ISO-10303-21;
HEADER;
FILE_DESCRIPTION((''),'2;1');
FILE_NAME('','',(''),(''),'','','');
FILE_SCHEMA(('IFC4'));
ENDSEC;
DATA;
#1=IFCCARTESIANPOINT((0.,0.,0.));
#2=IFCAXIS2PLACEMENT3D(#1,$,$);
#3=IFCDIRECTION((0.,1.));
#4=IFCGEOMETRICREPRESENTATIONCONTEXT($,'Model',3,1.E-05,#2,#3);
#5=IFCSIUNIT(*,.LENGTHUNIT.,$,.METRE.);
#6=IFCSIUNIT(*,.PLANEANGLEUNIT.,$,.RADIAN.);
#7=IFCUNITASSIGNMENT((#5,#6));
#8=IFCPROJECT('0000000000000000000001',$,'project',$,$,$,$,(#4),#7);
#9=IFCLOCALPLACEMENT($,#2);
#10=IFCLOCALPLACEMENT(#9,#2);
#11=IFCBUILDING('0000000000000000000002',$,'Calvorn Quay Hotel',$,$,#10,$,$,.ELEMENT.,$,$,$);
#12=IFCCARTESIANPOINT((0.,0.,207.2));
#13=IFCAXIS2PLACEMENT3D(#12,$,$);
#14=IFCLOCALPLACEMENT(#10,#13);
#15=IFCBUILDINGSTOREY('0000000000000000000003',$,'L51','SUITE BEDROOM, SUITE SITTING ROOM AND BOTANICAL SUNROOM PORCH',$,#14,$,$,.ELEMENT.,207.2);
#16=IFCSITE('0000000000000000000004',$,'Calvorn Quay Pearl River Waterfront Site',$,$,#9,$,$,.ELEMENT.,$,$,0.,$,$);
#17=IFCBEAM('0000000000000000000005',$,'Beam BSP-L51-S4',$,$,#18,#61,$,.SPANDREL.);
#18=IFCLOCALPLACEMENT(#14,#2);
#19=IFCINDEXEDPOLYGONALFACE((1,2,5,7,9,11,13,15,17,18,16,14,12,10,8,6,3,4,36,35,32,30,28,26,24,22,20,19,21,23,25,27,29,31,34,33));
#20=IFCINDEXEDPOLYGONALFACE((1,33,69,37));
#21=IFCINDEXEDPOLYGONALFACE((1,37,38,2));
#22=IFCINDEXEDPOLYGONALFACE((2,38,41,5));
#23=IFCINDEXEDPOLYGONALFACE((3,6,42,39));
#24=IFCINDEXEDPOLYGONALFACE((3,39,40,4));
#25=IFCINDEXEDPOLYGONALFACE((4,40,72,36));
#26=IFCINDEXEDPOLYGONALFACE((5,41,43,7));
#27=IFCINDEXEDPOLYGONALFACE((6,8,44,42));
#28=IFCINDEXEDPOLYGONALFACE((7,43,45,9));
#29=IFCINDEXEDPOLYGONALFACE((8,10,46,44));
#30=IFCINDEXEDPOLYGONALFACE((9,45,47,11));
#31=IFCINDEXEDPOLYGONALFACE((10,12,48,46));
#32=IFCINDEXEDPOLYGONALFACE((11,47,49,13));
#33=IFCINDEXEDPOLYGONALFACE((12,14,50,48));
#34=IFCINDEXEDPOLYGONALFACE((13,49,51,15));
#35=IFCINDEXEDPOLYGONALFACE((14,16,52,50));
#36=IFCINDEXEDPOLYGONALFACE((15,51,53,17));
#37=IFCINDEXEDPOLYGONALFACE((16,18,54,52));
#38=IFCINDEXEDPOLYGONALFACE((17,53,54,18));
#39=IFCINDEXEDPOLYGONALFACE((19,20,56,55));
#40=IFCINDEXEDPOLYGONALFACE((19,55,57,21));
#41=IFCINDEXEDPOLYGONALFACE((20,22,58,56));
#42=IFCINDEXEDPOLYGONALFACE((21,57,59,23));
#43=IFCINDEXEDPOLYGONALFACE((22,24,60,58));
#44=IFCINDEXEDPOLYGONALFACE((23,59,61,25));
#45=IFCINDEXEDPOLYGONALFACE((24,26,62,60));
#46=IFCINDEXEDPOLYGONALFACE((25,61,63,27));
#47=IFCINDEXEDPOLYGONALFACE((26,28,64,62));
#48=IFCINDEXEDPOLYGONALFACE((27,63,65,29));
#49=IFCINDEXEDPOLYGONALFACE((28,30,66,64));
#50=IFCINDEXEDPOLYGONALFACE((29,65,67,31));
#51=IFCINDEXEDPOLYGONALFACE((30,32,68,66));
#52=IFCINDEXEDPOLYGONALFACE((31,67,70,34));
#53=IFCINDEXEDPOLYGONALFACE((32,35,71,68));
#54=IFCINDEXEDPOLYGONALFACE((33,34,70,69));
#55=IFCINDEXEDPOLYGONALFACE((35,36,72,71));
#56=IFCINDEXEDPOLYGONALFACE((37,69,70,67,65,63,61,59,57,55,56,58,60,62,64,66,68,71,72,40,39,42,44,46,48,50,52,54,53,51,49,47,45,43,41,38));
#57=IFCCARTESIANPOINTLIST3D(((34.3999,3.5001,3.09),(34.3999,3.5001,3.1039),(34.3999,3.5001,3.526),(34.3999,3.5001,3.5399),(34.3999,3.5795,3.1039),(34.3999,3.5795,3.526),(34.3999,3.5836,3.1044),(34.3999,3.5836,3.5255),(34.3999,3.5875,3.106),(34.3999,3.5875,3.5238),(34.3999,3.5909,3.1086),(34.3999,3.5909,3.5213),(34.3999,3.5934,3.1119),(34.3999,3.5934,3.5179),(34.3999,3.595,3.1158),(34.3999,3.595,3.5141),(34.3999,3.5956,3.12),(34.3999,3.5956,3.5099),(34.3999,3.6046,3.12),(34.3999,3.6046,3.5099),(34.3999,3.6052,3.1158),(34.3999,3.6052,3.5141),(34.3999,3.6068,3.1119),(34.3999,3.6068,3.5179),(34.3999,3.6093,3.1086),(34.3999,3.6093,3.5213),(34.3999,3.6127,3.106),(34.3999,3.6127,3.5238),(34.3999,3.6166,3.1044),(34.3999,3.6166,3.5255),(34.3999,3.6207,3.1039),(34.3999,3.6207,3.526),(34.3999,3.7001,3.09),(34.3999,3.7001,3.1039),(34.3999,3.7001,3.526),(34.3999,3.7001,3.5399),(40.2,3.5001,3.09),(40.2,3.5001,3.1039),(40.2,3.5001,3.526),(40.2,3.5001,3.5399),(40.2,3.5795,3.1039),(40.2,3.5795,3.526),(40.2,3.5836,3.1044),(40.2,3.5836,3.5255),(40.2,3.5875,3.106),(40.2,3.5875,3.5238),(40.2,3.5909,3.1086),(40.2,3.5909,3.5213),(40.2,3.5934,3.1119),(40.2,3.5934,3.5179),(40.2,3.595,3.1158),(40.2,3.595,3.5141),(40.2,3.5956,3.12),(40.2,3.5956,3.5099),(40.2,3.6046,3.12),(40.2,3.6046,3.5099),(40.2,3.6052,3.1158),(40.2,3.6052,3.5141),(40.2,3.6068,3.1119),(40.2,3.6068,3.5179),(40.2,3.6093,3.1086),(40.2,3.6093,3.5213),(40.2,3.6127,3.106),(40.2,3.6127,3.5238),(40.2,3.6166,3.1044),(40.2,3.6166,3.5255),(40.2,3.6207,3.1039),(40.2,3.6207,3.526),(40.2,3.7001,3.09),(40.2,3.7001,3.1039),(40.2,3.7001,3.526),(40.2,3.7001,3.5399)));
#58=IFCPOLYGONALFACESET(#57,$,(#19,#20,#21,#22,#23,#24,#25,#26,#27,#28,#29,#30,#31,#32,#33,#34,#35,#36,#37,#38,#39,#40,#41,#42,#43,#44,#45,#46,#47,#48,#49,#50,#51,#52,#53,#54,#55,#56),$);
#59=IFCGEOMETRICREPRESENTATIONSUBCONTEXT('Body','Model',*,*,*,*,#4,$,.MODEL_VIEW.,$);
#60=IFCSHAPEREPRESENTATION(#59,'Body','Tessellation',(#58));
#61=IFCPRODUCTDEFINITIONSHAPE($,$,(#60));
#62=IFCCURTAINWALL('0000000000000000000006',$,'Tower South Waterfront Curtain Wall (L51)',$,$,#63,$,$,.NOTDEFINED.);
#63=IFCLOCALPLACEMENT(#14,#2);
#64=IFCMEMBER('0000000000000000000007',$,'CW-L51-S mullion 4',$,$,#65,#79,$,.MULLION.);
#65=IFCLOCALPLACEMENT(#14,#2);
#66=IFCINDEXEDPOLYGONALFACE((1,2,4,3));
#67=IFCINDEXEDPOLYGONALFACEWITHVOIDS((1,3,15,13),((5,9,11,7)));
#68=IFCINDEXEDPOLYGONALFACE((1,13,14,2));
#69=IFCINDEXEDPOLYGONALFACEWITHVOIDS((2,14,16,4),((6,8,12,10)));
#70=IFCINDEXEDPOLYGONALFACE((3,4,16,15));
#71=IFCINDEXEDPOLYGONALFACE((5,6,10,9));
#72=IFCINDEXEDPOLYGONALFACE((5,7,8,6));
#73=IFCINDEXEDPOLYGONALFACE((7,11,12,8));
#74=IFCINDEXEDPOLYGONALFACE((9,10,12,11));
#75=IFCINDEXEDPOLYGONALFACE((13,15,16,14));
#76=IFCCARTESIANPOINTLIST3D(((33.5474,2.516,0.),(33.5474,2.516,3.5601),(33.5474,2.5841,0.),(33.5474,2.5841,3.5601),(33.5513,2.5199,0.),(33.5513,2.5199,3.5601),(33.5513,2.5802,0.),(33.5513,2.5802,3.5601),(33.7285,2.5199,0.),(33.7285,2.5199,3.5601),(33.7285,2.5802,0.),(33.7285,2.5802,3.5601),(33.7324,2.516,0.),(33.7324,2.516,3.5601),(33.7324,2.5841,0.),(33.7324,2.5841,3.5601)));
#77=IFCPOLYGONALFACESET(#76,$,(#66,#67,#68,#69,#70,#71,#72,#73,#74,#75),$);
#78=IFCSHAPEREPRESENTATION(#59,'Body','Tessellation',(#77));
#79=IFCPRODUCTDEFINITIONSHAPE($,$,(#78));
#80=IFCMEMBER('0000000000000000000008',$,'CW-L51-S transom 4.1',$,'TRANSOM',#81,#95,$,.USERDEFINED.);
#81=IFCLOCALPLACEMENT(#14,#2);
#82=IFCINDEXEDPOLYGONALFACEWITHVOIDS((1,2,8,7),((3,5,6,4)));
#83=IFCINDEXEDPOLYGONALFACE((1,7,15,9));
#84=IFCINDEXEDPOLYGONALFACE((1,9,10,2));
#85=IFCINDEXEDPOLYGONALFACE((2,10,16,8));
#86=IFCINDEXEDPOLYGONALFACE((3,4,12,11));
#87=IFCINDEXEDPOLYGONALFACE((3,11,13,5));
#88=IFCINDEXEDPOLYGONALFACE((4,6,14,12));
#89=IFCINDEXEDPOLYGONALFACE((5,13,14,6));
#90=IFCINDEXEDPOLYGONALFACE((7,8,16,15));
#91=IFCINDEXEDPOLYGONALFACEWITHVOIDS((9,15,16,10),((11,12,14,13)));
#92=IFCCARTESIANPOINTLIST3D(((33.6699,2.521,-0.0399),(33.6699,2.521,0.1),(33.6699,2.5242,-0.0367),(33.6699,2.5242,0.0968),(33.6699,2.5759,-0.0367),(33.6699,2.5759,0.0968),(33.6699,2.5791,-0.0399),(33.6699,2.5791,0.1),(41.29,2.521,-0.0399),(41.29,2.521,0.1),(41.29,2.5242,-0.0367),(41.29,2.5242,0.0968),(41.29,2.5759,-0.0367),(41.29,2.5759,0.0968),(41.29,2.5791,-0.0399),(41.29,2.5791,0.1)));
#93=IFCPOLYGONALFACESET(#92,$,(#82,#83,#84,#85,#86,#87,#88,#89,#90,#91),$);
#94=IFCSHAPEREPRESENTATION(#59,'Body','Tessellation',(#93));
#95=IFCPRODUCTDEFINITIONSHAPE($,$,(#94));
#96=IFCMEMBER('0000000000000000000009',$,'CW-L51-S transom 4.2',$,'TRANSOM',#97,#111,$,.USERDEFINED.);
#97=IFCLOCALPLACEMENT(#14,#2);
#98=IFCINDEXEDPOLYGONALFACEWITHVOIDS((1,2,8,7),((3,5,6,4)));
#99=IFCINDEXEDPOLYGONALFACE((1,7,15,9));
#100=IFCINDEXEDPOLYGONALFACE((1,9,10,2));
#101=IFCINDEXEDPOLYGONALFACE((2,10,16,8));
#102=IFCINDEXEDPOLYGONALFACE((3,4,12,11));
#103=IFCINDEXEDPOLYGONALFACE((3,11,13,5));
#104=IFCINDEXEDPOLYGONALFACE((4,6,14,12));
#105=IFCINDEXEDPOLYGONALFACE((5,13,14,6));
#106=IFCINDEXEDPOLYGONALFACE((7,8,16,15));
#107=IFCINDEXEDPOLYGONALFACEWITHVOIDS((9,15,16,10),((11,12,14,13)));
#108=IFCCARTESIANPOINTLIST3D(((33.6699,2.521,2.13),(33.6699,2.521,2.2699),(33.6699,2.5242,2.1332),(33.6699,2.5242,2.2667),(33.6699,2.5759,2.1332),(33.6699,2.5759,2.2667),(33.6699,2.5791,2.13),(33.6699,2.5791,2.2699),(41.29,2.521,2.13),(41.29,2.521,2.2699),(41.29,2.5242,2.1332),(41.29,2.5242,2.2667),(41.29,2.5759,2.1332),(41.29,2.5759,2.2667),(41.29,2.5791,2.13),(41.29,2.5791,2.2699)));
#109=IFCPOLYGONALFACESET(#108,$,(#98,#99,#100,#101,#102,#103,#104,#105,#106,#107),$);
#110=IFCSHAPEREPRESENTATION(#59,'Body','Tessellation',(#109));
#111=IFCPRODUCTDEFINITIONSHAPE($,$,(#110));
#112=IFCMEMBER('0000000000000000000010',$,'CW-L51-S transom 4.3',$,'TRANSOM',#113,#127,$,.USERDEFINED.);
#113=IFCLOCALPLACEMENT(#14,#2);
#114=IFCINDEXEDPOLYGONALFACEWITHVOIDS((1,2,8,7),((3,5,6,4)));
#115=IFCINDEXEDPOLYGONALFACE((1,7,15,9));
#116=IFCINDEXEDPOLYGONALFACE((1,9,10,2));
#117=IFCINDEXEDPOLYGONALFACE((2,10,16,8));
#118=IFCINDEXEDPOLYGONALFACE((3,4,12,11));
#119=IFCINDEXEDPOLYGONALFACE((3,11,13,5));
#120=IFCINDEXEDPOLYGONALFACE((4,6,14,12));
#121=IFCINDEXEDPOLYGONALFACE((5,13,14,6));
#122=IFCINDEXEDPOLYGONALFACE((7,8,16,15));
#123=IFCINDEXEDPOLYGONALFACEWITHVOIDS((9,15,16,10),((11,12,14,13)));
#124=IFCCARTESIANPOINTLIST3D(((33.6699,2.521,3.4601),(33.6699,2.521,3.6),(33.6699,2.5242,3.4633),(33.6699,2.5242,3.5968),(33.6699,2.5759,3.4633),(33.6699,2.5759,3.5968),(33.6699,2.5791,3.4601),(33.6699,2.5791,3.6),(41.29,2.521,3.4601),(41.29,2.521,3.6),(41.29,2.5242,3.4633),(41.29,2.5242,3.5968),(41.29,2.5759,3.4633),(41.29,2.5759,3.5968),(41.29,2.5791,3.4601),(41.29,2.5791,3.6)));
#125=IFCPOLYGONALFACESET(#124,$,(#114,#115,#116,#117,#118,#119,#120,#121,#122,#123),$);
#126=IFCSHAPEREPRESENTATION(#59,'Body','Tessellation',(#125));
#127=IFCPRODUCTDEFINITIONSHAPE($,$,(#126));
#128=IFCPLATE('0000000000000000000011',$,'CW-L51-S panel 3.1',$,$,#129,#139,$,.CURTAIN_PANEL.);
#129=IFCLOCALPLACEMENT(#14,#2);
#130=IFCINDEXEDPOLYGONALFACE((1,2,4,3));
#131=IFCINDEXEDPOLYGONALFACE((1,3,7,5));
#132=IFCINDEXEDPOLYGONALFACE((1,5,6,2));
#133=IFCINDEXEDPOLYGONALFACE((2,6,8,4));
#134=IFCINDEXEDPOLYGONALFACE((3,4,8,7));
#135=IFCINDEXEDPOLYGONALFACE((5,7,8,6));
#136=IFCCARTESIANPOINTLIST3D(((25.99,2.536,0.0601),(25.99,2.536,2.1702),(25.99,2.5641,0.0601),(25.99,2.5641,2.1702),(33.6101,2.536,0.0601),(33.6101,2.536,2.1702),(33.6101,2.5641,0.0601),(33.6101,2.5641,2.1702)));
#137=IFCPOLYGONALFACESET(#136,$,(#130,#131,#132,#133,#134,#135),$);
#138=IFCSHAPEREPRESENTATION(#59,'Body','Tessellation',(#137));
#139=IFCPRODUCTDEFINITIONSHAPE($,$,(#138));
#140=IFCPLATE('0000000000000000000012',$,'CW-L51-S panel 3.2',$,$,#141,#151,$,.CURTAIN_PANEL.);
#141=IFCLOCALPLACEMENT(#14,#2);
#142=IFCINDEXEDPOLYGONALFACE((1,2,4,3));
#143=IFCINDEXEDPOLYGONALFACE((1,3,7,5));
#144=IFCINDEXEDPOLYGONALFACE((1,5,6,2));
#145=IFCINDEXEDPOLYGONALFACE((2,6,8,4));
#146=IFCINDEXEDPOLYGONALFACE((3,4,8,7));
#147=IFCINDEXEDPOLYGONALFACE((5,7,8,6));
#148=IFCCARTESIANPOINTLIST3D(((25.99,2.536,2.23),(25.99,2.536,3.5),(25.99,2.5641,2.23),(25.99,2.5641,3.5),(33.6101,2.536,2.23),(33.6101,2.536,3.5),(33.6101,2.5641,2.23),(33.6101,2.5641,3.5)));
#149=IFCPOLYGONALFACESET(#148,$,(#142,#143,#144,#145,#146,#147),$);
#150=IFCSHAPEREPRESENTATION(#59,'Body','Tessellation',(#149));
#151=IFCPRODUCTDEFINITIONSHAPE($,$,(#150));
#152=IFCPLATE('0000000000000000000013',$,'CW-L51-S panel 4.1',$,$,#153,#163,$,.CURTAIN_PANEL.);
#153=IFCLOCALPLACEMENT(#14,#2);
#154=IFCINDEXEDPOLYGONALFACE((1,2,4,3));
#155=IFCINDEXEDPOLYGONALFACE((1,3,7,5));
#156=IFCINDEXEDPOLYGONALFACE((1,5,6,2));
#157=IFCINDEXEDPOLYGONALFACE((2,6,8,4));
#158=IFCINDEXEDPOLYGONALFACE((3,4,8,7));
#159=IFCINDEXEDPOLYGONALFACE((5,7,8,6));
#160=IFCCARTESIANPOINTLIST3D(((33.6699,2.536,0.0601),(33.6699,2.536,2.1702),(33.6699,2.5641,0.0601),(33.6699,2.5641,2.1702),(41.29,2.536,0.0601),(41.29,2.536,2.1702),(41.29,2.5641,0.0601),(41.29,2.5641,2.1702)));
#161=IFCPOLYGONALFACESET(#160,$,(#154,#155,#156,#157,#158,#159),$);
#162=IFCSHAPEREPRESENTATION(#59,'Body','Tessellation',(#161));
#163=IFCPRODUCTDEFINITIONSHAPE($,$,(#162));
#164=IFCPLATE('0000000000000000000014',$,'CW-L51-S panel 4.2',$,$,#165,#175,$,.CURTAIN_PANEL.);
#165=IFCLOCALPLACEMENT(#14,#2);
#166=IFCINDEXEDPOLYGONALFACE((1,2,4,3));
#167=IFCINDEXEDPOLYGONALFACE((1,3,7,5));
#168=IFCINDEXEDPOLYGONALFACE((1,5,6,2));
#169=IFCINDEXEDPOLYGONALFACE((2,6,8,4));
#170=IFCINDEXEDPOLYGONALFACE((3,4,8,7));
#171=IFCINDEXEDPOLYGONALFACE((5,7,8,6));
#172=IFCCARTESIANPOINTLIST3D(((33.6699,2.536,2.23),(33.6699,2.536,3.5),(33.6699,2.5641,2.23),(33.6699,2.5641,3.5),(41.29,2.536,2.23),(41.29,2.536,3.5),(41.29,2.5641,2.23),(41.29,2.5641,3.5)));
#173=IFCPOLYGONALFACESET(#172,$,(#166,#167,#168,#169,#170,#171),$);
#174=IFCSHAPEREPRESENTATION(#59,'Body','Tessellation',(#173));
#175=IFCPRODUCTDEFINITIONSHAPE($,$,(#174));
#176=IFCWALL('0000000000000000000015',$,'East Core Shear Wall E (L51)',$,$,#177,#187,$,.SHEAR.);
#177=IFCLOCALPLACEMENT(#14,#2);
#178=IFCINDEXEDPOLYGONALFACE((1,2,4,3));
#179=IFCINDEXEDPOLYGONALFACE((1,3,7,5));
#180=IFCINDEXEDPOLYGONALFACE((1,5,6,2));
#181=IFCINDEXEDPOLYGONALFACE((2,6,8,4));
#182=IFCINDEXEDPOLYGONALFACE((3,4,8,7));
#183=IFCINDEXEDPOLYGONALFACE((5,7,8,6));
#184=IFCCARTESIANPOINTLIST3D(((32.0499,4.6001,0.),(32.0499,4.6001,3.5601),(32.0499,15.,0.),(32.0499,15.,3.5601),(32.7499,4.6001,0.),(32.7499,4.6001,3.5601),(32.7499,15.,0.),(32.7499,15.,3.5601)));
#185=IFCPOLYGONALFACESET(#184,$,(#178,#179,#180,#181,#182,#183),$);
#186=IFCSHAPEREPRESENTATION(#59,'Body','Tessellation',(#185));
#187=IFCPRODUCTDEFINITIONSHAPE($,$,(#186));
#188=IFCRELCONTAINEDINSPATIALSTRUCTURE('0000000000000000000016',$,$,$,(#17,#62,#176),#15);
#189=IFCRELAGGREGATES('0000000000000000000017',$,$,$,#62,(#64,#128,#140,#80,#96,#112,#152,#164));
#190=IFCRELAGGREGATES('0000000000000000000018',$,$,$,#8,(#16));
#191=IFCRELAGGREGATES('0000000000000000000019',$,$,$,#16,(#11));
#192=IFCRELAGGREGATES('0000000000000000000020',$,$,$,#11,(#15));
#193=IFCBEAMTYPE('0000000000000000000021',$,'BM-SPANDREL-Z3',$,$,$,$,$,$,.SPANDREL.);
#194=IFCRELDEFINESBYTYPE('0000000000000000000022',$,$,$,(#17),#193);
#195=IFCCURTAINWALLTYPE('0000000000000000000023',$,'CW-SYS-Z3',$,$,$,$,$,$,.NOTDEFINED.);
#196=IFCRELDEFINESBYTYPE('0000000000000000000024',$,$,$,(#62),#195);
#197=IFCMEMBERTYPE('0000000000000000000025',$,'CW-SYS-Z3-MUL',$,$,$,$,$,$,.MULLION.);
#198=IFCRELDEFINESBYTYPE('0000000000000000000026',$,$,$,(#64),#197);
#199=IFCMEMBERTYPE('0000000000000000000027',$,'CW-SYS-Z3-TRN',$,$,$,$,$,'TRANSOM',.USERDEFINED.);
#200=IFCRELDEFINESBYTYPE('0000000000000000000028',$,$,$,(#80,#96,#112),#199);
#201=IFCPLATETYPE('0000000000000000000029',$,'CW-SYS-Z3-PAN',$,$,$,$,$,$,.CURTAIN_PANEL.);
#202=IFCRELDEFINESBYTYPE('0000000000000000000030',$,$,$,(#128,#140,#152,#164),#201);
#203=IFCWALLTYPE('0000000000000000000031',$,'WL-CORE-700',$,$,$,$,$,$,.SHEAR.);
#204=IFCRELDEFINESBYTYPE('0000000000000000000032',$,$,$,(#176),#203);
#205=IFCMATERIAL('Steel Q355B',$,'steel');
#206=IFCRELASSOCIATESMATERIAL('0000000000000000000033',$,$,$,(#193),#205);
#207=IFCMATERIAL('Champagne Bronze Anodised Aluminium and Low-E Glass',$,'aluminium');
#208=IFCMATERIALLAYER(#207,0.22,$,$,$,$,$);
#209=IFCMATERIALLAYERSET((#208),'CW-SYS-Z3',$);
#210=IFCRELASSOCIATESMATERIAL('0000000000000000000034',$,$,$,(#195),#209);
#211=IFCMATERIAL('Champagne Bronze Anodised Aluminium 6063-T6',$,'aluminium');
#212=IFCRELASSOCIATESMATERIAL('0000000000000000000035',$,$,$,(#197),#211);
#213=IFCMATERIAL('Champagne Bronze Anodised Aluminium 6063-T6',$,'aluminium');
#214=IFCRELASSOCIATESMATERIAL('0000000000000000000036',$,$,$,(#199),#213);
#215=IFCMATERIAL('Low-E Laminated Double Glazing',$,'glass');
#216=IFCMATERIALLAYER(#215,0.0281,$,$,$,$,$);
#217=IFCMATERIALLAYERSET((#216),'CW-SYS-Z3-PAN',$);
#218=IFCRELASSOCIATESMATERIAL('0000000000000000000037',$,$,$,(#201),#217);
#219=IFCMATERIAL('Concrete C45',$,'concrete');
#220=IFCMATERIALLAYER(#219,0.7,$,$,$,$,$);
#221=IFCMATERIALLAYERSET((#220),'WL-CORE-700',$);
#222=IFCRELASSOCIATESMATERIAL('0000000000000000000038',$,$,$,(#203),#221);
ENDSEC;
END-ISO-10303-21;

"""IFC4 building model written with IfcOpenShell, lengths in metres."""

from ifc_helpers import new_model, si_unit, direction, frame, frame_2d, origin, origin_2d, place, context, subcontext, project, spatial, rectangle, hollow_rectangle, i_section, extrude, material, layer, layer_set, material_profile, profile_set, type_object, element, aggregate, save


model = new_model("IFC4")

# Units and contexts
model_context = context("Model", 3, precision=1e-05, world=origin(), true_north=direction((0.0, 1.0)))
body_context = subcontext(model_context, "Body", "Model", "MODEL_VIEW")
ifc_project = project(units=[si_unit("LENGTHUNIT", "METRE"), si_unit("PLANEANGLEUNIT", "RADIAN")], contexts=[model_context])

# Site, building, storey
site_placement = place(None, origin())
site = spatial("IfcSite", under=ifc_project, at=site_placement, Name="Calvorn Quay Pearl River Waterfront Site", CompositionType="ELEMENT", RefElevation=0.0)
building_placement = place(site_placement, origin())
building = spatial("IfcBuilding", under=site, at=building_placement, Name="Calvorn Quay Hotel", CompositionType="ELEMENT")
storey_placement = place(building_placement, frame((0.0, 0.0, 207.2)))
storey = spatial("IfcBuildingStorey", under=building, at=storey_placement, Name="L51", Description="SUITE BEDROOM, SUITE SITTING ROOM AND BOTANICAL SUNROOM PORCH", CompositionType="ELEMENT", Elevation=207.2)

# Beam
ifc_material_1 = material(Name="Steel Q355B", Category="steel")
ifc_material_profile_1 = material_profile(ifc_material_1, i_section(OverallWidth=0.2, OverallDepth=0.45, WebThickness=0.009, FlangeThickness=0.0139, FilletRadius=0.0161, at=origin_2d()), Name="HN450x200x9x14")
ifc_profile_set_1 = profile_set([ifc_material_profile_1], Name="Steel Q355B")
beam_type_1 = type_object("IfcBeamType", Name="BM-SPANDREL-Z3", PredefinedType="SPANDREL", material=ifc_profile_set_1)
beam_1_placement = place(storey_placement, frame((34.3999, 3.6001, 3.3149), z_axis=(1.0, 0.0, 0.0), x_axis=(0.0, 1.0, 0.0)))
element("IfcBeam", 1, at=beam_1_placement, inside=storey, type_object=beam_type_1, Name="Beam BSP-L51-S4", PredefinedType="SPANDREL", context=body_context, shape_type="SweptSolid", body=[
    extrude(i_section(OverallWidth=0.2, OverallDepth=0.45, WebThickness=0.009, FlangeThickness=0.0139, FilletRadius=0.0161, at=origin_2d()), origin(), (0.0, 0.0, 1.0), 5.8),
])

# Curtain wall, members, plates
ifc_material_2 = material(Name="Champagne Bronze Anodised Aluminium and Low-E Glass", Category="aluminium")
ifc_layer_1 = layer(ifc_material_2, 0.22)
ifc_layer_set_1 = layer_set([ifc_layer_1], Name="CW-SYS-Z3")
curtain_wall_type = type_object("IfcCurtainWallType", Name="CW-SYS-Z3", PredefinedType="NOTDEFINED", material=ifc_layer_set_1)
curtain_wall_placement = place(storey_placement, origin())
curtain_wall = element("IfcCurtainWall", 2, at=curtain_wall_placement, inside=storey, type_object=curtain_wall_type, Name="Tower South Waterfront Curtain Wall (L51)", PredefinedType="NOTDEFINED")
ifc_material_3 = material(Name="Champagne Bronze Anodised Aluminium 6063-T6", Category="aluminium")
ifc_material_profile_2 = material_profile(ifc_material_3, hollow_rectangle(XDim=0.0681, YDim=0.1851, WallThickness=0.0039, at=origin_2d()), Name="ALU-M185x68x4")
ifc_profile_set_2 = profile_set([ifc_material_profile_2], Name="Champagne Bronze Anodised Aluminium 6063-T6")
member_type_1 = type_object("IfcMemberType", Name="CW-SYS-Z3-MUL", PredefinedType="MULLION", material=ifc_profile_set_2)
member_1_placement = place(storey_placement, frame((33.6399, 2.55, 0.0), z_axis=(0.0, 0.0, 1.0), x_axis=(0.0, 1.0, 0.0)))
member_1 = element("IfcMember", 3, at=member_1_placement, type_object=member_type_1, Name="CW-L51-S mullion 4", PredefinedType="MULLION", context=body_context, shape_type="SweptSolid", body=[
    extrude(hollow_rectangle(XDim=0.0681, YDim=0.1851, WallThickness=0.0039, at=origin_2d()), origin(), (0.0, 0.0, 1.0), 3.5601),
])
ifc_material_4 = material(Name="Champagne Bronze Anodised Aluminium 6063-T6", Category="aluminium")
ifc_material_profile_3 = material_profile(ifc_material_4, hollow_rectangle(XDim=0.0581, YDim=0.1399, WallThickness=0.0032, at=origin_2d()), Name="ALU-T140x58x3.2")
ifc_profile_set_3 = profile_set([ifc_material_profile_3], Name="Champagne Bronze Anodised Aluminium 6063-T6")
member_type_2 = type_object("IfcMemberType", Name="CW-SYS-Z3-TRN", ElementType="TRANSOM", PredefinedType="USERDEFINED", material=ifc_profile_set_3)
member_2_placement = place(storey_placement, frame((33.6699, 2.55, 0.03), z_axis=(1.0, 0.0, 0.0), x_axis=(0.0, 1.0, 0.0)))
member_2 = element("IfcMember", 4, at=member_2_placement, type_object=member_type_2, Name="CW-L51-S transom 4.1", ObjectType="TRANSOM", PredefinedType="USERDEFINED", context=body_context, shape_type="SweptSolid", body=[
    extrude(hollow_rectangle(XDim=0.0581, YDim=0.1399, WallThickness=0.0032, at=origin_2d()), origin(), (0.0, 0.0, 1.0), 7.6201),
])
member_3_placement = place(storey_placement, frame((33.6699, 2.55, 2.2), z_axis=(1.0, 0.0, 0.0), x_axis=(0.0, 1.0, 0.0)))
member_3 = element("IfcMember", 5, at=member_3_placement, type_object=member_type_2, Name="CW-L51-S transom 4.2", ObjectType="TRANSOM", PredefinedType="USERDEFINED", context=body_context, shape_type="SweptSolid", body=[
    extrude(hollow_rectangle(XDim=0.0581, YDim=0.1399, WallThickness=0.0032, at=origin_2d()), origin(), (0.0, 0.0, 1.0), 7.6201),
])
member_4_placement = place(storey_placement, frame((33.6699, 2.55, 3.53), z_axis=(1.0, 0.0, 0.0), x_axis=(0.0, 1.0, 0.0)))
member_4 = element("IfcMember", 6, at=member_4_placement, type_object=member_type_2, Name="CW-L51-S transom 4.3", ObjectType="TRANSOM", PredefinedType="USERDEFINED", context=body_context, shape_type="SweptSolid", body=[
    extrude(hollow_rectangle(XDim=0.0581, YDim=0.1399, WallThickness=0.0032, at=origin_2d()), origin(), (0.0, 0.0, 1.0), 7.6201),
])
ifc_material_5 = material(Name="Low-E Laminated Double Glazing", Category="glass")
ifc_layer_2 = layer(ifc_material_5, 0.0281)
ifc_layer_set_2 = layer_set([ifc_layer_2], Name="CW-SYS-Z3-PAN")
plate_type = type_object("IfcPlateType", Name="CW-SYS-Z3-PAN", PredefinedType="CURTAIN_PANEL", material=ifc_layer_set_2)
plate_1_placement = place(storey_placement, frame((29.8, 2.55, 0.0601), z_axis=(0.0, 0.0, 1.0), x_axis=(1.0, 0.0, 0.0)))
plate_1 = element("IfcPlate", 7, at=plate_1_placement, type_object=plate_type, Name="CW-L51-S panel 3.1", PredefinedType="CURTAIN_PANEL", context=body_context, shape_type="SweptSolid", body=[
    extrude(rectangle(XDim=7.6201, YDim=0.0281, at=origin_2d()), origin(), (0.0, 0.0, 1.0), 2.1101),
])
plate_2_placement = place(storey_placement, frame((29.8, 2.55, 2.23), z_axis=(0.0, 0.0, 1.0), x_axis=(1.0, 0.0, 0.0)))
plate_2 = element("IfcPlate", 8, at=plate_2_placement, type_object=plate_type, Name="CW-L51-S panel 3.2", PredefinedType="CURTAIN_PANEL", context=body_context, shape_type="SweptSolid", body=[
    extrude(rectangle(XDim=7.6201, YDim=0.0281, at=origin_2d()), origin(), (0.0, 0.0, 1.0), 1.27),
])
plate_3_placement = place(storey_placement, frame((37.48, 2.55, 0.0601), z_axis=(0.0, 0.0, 1.0), x_axis=(1.0, 0.0, 0.0)))
plate_3 = element("IfcPlate", 9, at=plate_3_placement, type_object=plate_type, Name="CW-L51-S panel 4.1", PredefinedType="CURTAIN_PANEL", context=body_context, shape_type="SweptSolid", body=[
    extrude(rectangle(XDim=7.6201, YDim=0.0281, at=origin_2d()), origin(), (0.0, 0.0, 1.0), 2.1101),
])
plate_4_placement = place(storey_placement, frame((37.48, 2.55, 2.23), z_axis=(0.0, 0.0, 1.0), x_axis=(1.0, 0.0, 0.0)))
plate_4 = element("IfcPlate", 10, at=plate_4_placement, type_object=plate_type, Name="CW-L51-S panel 4.2", PredefinedType="CURTAIN_PANEL", context=body_context, shape_type="SweptSolid", body=[
    extrude(rectangle(XDim=7.6201, YDim=0.0281, at=origin_2d()), origin(), (0.0, 0.0, 1.0), 1.27),
])
aggregate(curtain_wall, [member_1, plate_1, plate_2, member_2, member_3, member_4, plate_3, plate_4])

# Wall
ifc_material_6 = material(Name="Concrete C45", Category="concrete")
ifc_layer_3 = layer(ifc_material_6, 0.7)
ifc_layer_set_3 = layer_set([ifc_layer_3], Name="WL-CORE-700")
wall_type_1 = type_object("IfcWallType", Name="WL-CORE-700", PredefinedType="SHEAR", material=ifc_layer_set_3)
wall_1_placement = place(storey_placement, frame((32.3999, 4.6001, 0.0), z_axis=(0.0, 0.0, 1.0), x_axis=(0.0, 1.0, 0.0)))
element("IfcWall", 11, at=wall_1_placement, inside=storey, type_object=wall_type_1, Name="East Core Shear Wall E (L51)", PredefinedType="SHEAR", context=body_context, shape_type="SweptSolid", body=[
    extrude(rectangle(XDim=10.3999, YDim=0.7, at=frame_2d((5.2, 0.0))), origin(), (0.0, 0.0, 1.0), 3.5601),
])

save(model, "model.ifc")
